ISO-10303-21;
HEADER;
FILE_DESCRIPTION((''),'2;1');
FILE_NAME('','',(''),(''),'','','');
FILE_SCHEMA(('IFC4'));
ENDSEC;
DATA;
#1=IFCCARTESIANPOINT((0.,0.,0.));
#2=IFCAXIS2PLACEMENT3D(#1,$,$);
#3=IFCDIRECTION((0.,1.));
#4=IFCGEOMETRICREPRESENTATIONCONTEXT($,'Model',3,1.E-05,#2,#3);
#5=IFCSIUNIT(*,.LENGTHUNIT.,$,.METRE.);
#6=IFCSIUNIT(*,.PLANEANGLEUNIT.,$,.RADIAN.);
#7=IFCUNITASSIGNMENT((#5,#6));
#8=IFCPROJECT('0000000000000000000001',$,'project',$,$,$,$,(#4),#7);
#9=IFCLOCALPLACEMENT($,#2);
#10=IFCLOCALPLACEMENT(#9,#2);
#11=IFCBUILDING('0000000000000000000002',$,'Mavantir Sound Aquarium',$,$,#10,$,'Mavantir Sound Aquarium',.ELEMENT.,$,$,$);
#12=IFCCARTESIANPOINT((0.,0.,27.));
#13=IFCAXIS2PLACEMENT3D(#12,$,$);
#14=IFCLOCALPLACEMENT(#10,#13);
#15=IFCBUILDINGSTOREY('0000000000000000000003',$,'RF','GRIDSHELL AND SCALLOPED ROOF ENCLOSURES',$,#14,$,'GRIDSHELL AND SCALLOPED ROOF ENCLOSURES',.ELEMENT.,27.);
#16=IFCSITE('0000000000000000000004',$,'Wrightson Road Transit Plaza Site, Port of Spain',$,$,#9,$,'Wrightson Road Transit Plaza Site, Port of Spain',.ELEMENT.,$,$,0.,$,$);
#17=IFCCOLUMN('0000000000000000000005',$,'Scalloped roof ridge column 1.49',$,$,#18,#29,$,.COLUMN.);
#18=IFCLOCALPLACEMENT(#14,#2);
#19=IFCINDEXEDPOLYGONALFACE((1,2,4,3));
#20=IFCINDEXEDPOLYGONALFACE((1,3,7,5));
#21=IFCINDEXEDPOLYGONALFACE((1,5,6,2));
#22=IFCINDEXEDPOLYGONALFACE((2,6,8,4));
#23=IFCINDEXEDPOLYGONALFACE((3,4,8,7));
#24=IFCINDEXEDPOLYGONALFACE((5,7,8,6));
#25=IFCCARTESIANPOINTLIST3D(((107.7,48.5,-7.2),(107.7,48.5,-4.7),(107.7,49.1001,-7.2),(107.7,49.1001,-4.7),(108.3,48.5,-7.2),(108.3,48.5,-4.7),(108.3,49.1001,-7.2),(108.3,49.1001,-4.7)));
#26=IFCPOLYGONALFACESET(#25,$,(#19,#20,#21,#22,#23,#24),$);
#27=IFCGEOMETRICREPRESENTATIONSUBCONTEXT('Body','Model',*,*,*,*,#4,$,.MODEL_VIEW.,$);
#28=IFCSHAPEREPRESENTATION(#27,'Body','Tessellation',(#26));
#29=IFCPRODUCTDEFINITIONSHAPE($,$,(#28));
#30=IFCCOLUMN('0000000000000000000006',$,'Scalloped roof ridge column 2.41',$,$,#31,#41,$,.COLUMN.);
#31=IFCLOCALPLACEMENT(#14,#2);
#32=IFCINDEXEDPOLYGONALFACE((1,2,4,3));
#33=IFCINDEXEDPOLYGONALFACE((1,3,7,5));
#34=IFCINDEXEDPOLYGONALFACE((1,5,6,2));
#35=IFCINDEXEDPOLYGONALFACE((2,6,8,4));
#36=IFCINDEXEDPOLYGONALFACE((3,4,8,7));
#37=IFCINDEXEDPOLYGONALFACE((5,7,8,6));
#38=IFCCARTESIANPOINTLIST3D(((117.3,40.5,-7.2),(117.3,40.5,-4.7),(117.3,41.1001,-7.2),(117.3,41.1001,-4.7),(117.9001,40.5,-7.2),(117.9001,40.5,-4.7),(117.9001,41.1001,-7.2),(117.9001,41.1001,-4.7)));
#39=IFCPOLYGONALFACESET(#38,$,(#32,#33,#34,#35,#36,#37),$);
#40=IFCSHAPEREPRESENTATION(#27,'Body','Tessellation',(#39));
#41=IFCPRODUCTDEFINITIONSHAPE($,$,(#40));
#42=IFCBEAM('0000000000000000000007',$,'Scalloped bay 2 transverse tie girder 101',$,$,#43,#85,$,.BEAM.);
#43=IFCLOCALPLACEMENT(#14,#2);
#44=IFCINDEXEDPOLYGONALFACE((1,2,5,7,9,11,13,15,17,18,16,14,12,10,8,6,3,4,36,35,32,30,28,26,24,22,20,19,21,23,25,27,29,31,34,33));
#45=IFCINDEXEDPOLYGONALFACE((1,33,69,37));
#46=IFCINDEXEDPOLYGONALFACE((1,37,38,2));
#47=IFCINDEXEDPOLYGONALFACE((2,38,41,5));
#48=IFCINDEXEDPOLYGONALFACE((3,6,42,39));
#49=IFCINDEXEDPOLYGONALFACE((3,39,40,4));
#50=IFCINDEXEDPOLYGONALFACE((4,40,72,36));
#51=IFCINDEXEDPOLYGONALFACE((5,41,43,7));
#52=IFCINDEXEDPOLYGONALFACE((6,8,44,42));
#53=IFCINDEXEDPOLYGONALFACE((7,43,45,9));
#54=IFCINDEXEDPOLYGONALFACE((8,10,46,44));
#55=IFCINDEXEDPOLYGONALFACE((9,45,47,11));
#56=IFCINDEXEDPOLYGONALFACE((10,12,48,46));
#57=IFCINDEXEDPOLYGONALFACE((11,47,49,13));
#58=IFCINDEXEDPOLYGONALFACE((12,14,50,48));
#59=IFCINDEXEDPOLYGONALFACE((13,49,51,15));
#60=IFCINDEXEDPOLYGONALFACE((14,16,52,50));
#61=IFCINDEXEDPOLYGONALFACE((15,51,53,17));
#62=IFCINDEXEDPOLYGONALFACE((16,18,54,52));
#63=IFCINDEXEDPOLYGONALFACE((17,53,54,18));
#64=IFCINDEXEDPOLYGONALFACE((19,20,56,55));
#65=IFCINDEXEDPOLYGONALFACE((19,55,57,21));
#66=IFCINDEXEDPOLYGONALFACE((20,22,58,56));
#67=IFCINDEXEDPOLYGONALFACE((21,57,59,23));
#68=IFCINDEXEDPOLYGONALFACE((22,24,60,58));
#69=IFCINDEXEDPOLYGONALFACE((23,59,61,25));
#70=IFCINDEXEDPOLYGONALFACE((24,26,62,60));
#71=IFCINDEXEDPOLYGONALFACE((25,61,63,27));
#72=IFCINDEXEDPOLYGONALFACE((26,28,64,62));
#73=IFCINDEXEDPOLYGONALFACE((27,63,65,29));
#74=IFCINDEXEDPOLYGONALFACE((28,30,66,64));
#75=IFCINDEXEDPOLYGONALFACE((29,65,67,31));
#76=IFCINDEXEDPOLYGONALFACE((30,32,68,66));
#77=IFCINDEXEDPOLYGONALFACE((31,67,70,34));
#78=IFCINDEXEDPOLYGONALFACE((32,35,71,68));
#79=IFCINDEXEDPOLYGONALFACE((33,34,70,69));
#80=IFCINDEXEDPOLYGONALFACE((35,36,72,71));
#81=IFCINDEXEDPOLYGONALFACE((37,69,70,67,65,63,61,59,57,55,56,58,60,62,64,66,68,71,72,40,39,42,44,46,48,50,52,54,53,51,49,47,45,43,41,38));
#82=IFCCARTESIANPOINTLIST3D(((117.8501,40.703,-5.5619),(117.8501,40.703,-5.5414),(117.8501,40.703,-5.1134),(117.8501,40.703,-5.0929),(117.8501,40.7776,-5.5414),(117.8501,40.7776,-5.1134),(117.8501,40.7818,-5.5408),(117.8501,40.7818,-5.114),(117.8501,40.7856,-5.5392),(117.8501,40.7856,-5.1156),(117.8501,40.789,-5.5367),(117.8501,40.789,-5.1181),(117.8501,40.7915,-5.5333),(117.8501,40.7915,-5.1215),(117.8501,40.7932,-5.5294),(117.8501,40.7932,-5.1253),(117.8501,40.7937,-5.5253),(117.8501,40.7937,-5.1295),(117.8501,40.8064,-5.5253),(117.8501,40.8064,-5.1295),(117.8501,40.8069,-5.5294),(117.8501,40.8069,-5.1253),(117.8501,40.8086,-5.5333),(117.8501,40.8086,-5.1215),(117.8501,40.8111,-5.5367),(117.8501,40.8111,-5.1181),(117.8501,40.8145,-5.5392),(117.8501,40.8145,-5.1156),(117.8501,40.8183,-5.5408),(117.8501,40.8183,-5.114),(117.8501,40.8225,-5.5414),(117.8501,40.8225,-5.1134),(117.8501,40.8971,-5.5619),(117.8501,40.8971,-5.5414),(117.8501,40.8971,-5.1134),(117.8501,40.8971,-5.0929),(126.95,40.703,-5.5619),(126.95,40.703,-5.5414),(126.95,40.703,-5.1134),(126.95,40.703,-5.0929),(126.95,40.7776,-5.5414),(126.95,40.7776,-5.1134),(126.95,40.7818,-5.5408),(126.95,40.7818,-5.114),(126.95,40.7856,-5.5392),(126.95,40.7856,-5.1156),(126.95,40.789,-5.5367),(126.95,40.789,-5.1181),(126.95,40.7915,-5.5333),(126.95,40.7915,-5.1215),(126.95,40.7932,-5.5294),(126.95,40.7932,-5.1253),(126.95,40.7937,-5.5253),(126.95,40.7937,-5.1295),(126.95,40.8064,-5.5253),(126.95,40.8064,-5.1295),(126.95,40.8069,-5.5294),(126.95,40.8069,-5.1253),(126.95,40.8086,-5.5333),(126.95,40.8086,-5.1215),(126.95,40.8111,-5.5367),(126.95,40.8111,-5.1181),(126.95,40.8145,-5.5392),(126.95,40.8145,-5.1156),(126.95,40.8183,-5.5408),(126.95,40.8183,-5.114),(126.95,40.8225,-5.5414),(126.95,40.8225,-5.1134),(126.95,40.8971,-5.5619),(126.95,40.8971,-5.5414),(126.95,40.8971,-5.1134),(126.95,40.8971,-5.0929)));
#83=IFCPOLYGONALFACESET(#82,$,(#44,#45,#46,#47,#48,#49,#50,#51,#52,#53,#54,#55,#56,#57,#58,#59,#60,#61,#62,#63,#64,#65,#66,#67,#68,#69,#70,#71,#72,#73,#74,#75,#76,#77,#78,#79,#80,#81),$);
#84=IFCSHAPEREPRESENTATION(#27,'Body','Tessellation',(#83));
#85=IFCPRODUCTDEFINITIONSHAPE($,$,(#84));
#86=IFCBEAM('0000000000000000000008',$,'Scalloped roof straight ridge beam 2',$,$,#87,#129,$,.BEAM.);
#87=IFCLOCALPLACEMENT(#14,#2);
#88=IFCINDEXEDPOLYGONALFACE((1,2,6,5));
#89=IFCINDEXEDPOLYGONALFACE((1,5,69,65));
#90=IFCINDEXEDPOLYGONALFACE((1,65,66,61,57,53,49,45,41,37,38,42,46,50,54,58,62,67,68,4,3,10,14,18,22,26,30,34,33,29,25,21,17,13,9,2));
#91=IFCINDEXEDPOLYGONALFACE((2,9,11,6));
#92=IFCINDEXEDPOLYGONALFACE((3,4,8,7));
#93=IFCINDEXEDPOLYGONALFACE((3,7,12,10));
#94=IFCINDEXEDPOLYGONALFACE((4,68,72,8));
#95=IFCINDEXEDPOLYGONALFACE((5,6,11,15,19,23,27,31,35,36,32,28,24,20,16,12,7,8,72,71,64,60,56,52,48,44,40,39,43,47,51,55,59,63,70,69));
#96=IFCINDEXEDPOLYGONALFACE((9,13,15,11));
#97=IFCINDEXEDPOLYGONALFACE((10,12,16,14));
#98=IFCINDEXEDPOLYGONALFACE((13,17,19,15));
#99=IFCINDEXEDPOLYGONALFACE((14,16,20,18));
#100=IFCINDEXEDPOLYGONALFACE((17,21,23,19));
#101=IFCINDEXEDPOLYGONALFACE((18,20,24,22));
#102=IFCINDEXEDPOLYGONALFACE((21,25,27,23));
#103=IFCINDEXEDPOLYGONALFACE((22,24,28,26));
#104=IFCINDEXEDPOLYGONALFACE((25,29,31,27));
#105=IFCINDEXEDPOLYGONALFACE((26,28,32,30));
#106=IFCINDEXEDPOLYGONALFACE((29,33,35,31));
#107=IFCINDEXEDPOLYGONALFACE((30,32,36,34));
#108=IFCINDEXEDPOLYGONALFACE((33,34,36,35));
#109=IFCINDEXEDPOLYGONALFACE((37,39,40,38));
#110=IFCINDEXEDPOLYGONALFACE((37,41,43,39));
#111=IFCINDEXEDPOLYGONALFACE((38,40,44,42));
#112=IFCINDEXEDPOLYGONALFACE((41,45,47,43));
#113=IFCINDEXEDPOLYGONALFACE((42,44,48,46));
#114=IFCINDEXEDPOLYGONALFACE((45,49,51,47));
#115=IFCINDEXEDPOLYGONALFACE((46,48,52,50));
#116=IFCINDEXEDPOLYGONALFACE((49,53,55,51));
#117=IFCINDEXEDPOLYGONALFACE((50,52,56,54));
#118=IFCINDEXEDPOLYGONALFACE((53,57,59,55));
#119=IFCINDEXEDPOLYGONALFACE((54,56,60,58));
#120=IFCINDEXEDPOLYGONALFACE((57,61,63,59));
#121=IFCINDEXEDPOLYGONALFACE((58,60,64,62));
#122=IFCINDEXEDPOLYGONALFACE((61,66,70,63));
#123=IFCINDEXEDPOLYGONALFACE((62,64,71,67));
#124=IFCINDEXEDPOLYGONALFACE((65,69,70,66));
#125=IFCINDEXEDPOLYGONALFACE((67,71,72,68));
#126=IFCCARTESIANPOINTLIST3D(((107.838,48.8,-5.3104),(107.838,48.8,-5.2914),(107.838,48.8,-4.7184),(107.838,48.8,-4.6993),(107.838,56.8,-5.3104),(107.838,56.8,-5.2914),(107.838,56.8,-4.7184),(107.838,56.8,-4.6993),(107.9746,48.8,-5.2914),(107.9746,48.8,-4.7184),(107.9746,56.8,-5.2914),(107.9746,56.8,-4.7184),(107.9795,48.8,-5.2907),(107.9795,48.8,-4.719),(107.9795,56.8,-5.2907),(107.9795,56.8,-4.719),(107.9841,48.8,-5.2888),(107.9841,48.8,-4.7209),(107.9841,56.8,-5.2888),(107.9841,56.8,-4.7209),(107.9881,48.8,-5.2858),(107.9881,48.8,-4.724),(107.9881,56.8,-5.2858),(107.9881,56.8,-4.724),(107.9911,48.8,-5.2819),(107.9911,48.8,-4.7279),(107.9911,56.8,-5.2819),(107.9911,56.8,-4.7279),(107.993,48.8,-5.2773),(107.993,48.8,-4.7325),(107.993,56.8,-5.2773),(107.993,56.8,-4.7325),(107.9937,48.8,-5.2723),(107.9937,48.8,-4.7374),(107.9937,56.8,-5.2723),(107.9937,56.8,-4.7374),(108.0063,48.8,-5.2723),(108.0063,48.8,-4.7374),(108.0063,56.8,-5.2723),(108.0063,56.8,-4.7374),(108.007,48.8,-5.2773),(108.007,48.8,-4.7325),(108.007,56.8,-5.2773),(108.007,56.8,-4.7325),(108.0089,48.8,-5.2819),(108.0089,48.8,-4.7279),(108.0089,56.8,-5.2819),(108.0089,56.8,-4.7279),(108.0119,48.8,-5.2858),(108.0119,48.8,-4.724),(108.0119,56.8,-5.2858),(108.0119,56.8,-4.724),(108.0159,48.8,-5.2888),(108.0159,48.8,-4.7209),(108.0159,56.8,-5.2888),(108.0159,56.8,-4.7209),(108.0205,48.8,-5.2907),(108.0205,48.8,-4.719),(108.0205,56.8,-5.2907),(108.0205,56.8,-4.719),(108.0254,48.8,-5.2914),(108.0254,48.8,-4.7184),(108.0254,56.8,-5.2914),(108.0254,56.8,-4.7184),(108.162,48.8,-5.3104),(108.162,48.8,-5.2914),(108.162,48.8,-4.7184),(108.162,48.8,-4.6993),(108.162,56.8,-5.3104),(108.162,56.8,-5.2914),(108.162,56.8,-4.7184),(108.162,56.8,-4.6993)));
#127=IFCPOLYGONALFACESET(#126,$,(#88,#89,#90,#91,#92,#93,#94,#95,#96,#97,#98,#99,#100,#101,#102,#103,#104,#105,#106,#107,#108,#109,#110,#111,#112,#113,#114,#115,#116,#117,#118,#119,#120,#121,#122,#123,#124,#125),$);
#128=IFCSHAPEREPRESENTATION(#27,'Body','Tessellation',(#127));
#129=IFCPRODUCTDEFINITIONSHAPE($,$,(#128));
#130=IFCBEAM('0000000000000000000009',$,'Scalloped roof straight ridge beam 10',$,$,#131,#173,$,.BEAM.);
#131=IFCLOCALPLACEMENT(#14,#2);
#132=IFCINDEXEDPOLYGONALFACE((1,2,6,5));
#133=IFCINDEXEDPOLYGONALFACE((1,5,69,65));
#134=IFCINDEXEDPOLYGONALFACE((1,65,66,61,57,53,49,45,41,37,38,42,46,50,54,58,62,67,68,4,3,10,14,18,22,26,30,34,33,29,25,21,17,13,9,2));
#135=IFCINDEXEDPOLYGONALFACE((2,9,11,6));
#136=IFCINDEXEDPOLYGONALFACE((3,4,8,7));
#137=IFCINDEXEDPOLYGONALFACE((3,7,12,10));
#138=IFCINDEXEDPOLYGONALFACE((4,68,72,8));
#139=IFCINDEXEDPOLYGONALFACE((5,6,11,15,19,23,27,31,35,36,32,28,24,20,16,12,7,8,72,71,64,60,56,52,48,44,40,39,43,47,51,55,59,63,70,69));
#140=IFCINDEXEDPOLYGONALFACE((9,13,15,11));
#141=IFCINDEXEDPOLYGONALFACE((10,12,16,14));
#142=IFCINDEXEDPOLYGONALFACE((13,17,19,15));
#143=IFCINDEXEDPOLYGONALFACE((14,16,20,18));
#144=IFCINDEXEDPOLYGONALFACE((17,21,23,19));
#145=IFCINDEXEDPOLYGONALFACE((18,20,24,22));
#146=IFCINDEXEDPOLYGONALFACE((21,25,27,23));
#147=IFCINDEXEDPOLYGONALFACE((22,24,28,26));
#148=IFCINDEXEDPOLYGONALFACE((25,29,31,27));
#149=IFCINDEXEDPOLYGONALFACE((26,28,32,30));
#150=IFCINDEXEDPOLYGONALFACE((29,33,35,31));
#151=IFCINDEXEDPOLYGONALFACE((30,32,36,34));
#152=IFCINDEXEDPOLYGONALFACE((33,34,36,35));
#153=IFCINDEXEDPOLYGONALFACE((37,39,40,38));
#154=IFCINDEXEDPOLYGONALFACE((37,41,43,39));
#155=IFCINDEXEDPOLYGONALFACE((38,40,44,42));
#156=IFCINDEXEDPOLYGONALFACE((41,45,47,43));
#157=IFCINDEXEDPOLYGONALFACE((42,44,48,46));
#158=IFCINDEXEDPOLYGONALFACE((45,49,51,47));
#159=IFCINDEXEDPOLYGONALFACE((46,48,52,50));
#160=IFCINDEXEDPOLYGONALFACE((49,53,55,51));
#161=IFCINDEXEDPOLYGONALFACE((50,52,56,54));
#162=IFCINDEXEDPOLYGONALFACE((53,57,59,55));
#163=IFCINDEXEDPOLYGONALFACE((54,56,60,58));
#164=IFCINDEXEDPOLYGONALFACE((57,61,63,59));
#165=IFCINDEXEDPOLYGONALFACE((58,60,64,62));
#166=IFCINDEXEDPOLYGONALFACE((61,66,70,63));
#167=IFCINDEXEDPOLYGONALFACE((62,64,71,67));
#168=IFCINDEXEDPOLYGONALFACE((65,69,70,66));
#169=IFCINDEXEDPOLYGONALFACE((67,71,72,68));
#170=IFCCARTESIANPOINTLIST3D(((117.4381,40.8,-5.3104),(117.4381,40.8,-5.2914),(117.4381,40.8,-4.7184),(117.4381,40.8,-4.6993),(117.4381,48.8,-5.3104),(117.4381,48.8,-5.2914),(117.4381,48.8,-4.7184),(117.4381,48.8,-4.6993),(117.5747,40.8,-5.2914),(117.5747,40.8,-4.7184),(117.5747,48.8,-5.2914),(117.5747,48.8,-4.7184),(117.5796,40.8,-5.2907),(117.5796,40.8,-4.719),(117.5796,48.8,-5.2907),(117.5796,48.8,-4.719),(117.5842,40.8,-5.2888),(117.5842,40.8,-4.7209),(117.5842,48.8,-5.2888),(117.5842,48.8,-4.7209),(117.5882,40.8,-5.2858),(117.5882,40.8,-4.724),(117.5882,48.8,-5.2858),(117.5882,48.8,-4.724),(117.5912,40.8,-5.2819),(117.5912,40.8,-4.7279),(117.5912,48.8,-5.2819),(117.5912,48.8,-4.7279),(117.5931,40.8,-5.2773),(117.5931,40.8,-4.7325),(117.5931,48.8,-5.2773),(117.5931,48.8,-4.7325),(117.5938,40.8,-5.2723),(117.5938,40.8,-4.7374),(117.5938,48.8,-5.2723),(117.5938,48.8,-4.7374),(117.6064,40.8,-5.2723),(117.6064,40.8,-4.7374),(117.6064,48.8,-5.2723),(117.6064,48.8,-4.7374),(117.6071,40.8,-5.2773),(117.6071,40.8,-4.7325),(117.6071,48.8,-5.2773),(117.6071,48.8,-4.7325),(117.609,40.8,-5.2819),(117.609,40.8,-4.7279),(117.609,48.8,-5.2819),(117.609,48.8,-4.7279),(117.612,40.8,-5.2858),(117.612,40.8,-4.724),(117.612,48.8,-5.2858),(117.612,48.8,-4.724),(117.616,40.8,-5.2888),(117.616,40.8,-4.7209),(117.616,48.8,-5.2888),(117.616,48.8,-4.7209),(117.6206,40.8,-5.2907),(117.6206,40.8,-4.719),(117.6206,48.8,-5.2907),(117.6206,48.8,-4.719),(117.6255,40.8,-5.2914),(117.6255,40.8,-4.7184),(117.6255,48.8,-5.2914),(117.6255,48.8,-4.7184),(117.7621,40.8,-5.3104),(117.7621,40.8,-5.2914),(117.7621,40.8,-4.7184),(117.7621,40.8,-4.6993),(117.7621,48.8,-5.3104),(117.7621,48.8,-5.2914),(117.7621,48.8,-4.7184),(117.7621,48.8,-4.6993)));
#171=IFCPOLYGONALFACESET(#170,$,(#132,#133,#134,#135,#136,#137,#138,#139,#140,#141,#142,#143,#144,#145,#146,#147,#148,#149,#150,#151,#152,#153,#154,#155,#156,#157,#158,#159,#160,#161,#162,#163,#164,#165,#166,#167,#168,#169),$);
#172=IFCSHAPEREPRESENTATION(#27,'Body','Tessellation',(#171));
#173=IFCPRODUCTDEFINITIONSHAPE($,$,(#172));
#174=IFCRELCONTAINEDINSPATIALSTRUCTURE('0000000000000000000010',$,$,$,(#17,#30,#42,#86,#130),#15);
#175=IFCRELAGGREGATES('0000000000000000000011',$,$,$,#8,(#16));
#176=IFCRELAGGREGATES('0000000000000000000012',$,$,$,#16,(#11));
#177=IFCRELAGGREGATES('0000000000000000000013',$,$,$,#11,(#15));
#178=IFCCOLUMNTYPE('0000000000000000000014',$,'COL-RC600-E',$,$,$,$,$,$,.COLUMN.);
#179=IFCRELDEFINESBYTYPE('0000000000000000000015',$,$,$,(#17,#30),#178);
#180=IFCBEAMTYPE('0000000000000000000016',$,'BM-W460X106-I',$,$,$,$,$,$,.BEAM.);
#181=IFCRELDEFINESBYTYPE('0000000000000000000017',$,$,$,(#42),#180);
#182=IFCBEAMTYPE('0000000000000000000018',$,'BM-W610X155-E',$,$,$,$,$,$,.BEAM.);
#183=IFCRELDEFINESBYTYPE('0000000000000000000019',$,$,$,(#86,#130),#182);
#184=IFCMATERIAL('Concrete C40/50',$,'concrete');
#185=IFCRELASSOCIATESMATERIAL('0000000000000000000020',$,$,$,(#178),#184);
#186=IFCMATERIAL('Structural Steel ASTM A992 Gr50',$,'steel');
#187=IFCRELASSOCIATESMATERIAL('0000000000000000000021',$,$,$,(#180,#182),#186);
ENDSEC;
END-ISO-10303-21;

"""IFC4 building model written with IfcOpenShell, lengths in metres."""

from ifc_helpers import new_model, si_unit, direction, frame, origin, origin_2d, place, context, subcontext, project, spatial, rectangle, i_section, extrude, material, material_profile, profile_set, type_object, element, save


model = new_model("IFC4")

# Units and contexts
model_context = context("Model", 3, precision=1e-05, world=origin(), true_north=direction((0.0, 1.0)))
body_context = subcontext(model_context, "Body", "Model", "MODEL_VIEW")
ifc_project = project(units=[si_unit("LENGTHUNIT", "METRE"), si_unit("PLANEANGLEUNIT", "RADIAN")], contexts=[model_context])

# Site, building, storey
site_placement = place(None, origin())
site = spatial("IfcSite", under=ifc_project, at=site_placement, Name="Wrightson Road Transit Plaza Site, Port of Spain", LongName="Wrightson Road Transit Plaza Site, Port of Spain", CompositionType="ELEMENT", RefElevation=0.0)
building_placement = place(site_placement, origin())
building = spatial("IfcBuilding", under=site, at=building_placement, Name="Mavantir Sound Aquarium", LongName="Mavantir Sound Aquarium", CompositionType="ELEMENT")
storey_placement = place(building_placement, frame((0.0, 0.0, 27.0)))
storey = spatial("IfcBuildingStorey", under=building, at=storey_placement, Name="RF", Description="GRIDSHELL AND SCALLOPED ROOF ENCLOSURES", LongName="GRIDSHELL AND SCALLOPED ROOF ENCLOSURES", CompositionType="ELEMENT", Elevation=27.0)

# Columns
ifc_material_1 = material(Name="Concrete C40/50", Category="concrete")
ifc_material_profile_1 = material_profile(ifc_material_1, rectangle(XDim=0.6001, YDim=0.6001, at=origin_2d()), Name="RC 600X600")
ifc_profile_set_1 = profile_set([ifc_material_profile_1], Name="Concrete C40/50")
column_type = type_object("IfcColumnType", Name="COL-RC600-E", PredefinedType="COLUMN", material=ifc_profile_set_1)
for number, where, z_axis, x_axis, name in (
    (1, (108.0, 48.8, -7.2), (0.0, 0.0, 1.0), (1.0, 0.0, 0.0), "Scalloped roof ridge column 1.49"),
    (2, (117.6001, 40.8, -7.2), (0.0, 0.0, 1.0), (1.0, 0.0, 0.0), "Scalloped roof ridge column 2.41"),
):
    element("IfcColumn", number, at=place(storey_placement, frame(where, z_axis=z_axis, x_axis=x_axis)), inside=storey, type_object=column_type, Name=name, PredefinedType="COLUMN", context=body_context, shape_type="SweptSolid", body=[
        extrude(rectangle(XDim=0.6001, YDim=0.6001, at=origin_2d()), origin(), (0.0, 0.0, 1.0), 2.5),
    ])

# Beams
ifc_material_2 = material(Name="Structural Steel ASTM A992 Gr50", Category="steel")
ifc_material_profile_2 = material_profile(ifc_material_2, i_section(OverallWidth=0.1941, OverallDepth=0.469, WebThickness=0.0127, FlangeThickness=0.0205, FilletRadius=0.0161, at=origin_2d()), Name="W460X106")
ifc_profile_set_2 = profile_set([ifc_material_profile_2], Name="Structural Steel ASTM A992 Gr50")
beam_type_1 = type_object("IfcBeamType", Name="BM-W460X106-I", PredefinedType="BEAM", material=ifc_profile_set_2)
beam_placement = place(storey_placement, frame((117.8501, 40.8, -5.3274), z_axis=(1.0, 0.0, 0.0), x_axis=(0.0, 1.0, 0.0)))
element("IfcBeam", 3, at=beam_placement, inside=storey, type_object=beam_type_1, Name="Scalloped bay 2 transverse tie girder 101", PredefinedType="BEAM", context=body_context, shape_type="SweptSolid", body=[
    extrude(i_section(OverallWidth=0.1941, OverallDepth=0.469, WebThickness=0.0127, FlangeThickness=0.0205, FilletRadius=0.0161, at=origin_2d()), origin(), (0.0, 0.0, 1.0), 9.0999),
])
ifc_material_profile_3 = material_profile(ifc_material_2, i_section(OverallWidth=0.324, OverallDepth=0.6111, WebThickness=0.0127, FlangeThickness=0.019, FilletRadius=0.019, at=origin_2d()), Name="W610X155")
ifc_profile_set_3 = profile_set([ifc_material_profile_3], Name="Structural Steel ASTM A992 Gr50")
beam_type_2 = type_object("IfcBeamType", Name="BM-W610X155-E", PredefinedType="BEAM", material=ifc_profile_set_3)
for number, where, z_axis, x_axis, name in (
    (4, (108.0, 48.8, -5.0049), (0.0, 1.0, 0.0), (-1.0, 0.0, 0.0), "Scalloped roof straight ridge beam 2"),
    (5, (117.6001, 40.8, -5.0049), (0.0, 1.0, 0.0), (-1.0, 0.0, 0.0), "Scalloped roof straight ridge beam 10"),
):
    element("IfcBeam", number, at=place(storey_placement, frame(where, z_axis=z_axis, x_axis=x_axis)), inside=storey, type_object=beam_type_2, Name=name, PredefinedType="BEAM", context=body_context, shape_type="SweptSolid", body=[
        extrude(i_section(OverallWidth=0.324, OverallDepth=0.6111, WebThickness=0.0127, FlangeThickness=0.019, FilletRadius=0.019, at=origin_2d()), origin(), (0.0, 0.0, 1.0), 8.0),
    ])

save(model, "model.ifc")
